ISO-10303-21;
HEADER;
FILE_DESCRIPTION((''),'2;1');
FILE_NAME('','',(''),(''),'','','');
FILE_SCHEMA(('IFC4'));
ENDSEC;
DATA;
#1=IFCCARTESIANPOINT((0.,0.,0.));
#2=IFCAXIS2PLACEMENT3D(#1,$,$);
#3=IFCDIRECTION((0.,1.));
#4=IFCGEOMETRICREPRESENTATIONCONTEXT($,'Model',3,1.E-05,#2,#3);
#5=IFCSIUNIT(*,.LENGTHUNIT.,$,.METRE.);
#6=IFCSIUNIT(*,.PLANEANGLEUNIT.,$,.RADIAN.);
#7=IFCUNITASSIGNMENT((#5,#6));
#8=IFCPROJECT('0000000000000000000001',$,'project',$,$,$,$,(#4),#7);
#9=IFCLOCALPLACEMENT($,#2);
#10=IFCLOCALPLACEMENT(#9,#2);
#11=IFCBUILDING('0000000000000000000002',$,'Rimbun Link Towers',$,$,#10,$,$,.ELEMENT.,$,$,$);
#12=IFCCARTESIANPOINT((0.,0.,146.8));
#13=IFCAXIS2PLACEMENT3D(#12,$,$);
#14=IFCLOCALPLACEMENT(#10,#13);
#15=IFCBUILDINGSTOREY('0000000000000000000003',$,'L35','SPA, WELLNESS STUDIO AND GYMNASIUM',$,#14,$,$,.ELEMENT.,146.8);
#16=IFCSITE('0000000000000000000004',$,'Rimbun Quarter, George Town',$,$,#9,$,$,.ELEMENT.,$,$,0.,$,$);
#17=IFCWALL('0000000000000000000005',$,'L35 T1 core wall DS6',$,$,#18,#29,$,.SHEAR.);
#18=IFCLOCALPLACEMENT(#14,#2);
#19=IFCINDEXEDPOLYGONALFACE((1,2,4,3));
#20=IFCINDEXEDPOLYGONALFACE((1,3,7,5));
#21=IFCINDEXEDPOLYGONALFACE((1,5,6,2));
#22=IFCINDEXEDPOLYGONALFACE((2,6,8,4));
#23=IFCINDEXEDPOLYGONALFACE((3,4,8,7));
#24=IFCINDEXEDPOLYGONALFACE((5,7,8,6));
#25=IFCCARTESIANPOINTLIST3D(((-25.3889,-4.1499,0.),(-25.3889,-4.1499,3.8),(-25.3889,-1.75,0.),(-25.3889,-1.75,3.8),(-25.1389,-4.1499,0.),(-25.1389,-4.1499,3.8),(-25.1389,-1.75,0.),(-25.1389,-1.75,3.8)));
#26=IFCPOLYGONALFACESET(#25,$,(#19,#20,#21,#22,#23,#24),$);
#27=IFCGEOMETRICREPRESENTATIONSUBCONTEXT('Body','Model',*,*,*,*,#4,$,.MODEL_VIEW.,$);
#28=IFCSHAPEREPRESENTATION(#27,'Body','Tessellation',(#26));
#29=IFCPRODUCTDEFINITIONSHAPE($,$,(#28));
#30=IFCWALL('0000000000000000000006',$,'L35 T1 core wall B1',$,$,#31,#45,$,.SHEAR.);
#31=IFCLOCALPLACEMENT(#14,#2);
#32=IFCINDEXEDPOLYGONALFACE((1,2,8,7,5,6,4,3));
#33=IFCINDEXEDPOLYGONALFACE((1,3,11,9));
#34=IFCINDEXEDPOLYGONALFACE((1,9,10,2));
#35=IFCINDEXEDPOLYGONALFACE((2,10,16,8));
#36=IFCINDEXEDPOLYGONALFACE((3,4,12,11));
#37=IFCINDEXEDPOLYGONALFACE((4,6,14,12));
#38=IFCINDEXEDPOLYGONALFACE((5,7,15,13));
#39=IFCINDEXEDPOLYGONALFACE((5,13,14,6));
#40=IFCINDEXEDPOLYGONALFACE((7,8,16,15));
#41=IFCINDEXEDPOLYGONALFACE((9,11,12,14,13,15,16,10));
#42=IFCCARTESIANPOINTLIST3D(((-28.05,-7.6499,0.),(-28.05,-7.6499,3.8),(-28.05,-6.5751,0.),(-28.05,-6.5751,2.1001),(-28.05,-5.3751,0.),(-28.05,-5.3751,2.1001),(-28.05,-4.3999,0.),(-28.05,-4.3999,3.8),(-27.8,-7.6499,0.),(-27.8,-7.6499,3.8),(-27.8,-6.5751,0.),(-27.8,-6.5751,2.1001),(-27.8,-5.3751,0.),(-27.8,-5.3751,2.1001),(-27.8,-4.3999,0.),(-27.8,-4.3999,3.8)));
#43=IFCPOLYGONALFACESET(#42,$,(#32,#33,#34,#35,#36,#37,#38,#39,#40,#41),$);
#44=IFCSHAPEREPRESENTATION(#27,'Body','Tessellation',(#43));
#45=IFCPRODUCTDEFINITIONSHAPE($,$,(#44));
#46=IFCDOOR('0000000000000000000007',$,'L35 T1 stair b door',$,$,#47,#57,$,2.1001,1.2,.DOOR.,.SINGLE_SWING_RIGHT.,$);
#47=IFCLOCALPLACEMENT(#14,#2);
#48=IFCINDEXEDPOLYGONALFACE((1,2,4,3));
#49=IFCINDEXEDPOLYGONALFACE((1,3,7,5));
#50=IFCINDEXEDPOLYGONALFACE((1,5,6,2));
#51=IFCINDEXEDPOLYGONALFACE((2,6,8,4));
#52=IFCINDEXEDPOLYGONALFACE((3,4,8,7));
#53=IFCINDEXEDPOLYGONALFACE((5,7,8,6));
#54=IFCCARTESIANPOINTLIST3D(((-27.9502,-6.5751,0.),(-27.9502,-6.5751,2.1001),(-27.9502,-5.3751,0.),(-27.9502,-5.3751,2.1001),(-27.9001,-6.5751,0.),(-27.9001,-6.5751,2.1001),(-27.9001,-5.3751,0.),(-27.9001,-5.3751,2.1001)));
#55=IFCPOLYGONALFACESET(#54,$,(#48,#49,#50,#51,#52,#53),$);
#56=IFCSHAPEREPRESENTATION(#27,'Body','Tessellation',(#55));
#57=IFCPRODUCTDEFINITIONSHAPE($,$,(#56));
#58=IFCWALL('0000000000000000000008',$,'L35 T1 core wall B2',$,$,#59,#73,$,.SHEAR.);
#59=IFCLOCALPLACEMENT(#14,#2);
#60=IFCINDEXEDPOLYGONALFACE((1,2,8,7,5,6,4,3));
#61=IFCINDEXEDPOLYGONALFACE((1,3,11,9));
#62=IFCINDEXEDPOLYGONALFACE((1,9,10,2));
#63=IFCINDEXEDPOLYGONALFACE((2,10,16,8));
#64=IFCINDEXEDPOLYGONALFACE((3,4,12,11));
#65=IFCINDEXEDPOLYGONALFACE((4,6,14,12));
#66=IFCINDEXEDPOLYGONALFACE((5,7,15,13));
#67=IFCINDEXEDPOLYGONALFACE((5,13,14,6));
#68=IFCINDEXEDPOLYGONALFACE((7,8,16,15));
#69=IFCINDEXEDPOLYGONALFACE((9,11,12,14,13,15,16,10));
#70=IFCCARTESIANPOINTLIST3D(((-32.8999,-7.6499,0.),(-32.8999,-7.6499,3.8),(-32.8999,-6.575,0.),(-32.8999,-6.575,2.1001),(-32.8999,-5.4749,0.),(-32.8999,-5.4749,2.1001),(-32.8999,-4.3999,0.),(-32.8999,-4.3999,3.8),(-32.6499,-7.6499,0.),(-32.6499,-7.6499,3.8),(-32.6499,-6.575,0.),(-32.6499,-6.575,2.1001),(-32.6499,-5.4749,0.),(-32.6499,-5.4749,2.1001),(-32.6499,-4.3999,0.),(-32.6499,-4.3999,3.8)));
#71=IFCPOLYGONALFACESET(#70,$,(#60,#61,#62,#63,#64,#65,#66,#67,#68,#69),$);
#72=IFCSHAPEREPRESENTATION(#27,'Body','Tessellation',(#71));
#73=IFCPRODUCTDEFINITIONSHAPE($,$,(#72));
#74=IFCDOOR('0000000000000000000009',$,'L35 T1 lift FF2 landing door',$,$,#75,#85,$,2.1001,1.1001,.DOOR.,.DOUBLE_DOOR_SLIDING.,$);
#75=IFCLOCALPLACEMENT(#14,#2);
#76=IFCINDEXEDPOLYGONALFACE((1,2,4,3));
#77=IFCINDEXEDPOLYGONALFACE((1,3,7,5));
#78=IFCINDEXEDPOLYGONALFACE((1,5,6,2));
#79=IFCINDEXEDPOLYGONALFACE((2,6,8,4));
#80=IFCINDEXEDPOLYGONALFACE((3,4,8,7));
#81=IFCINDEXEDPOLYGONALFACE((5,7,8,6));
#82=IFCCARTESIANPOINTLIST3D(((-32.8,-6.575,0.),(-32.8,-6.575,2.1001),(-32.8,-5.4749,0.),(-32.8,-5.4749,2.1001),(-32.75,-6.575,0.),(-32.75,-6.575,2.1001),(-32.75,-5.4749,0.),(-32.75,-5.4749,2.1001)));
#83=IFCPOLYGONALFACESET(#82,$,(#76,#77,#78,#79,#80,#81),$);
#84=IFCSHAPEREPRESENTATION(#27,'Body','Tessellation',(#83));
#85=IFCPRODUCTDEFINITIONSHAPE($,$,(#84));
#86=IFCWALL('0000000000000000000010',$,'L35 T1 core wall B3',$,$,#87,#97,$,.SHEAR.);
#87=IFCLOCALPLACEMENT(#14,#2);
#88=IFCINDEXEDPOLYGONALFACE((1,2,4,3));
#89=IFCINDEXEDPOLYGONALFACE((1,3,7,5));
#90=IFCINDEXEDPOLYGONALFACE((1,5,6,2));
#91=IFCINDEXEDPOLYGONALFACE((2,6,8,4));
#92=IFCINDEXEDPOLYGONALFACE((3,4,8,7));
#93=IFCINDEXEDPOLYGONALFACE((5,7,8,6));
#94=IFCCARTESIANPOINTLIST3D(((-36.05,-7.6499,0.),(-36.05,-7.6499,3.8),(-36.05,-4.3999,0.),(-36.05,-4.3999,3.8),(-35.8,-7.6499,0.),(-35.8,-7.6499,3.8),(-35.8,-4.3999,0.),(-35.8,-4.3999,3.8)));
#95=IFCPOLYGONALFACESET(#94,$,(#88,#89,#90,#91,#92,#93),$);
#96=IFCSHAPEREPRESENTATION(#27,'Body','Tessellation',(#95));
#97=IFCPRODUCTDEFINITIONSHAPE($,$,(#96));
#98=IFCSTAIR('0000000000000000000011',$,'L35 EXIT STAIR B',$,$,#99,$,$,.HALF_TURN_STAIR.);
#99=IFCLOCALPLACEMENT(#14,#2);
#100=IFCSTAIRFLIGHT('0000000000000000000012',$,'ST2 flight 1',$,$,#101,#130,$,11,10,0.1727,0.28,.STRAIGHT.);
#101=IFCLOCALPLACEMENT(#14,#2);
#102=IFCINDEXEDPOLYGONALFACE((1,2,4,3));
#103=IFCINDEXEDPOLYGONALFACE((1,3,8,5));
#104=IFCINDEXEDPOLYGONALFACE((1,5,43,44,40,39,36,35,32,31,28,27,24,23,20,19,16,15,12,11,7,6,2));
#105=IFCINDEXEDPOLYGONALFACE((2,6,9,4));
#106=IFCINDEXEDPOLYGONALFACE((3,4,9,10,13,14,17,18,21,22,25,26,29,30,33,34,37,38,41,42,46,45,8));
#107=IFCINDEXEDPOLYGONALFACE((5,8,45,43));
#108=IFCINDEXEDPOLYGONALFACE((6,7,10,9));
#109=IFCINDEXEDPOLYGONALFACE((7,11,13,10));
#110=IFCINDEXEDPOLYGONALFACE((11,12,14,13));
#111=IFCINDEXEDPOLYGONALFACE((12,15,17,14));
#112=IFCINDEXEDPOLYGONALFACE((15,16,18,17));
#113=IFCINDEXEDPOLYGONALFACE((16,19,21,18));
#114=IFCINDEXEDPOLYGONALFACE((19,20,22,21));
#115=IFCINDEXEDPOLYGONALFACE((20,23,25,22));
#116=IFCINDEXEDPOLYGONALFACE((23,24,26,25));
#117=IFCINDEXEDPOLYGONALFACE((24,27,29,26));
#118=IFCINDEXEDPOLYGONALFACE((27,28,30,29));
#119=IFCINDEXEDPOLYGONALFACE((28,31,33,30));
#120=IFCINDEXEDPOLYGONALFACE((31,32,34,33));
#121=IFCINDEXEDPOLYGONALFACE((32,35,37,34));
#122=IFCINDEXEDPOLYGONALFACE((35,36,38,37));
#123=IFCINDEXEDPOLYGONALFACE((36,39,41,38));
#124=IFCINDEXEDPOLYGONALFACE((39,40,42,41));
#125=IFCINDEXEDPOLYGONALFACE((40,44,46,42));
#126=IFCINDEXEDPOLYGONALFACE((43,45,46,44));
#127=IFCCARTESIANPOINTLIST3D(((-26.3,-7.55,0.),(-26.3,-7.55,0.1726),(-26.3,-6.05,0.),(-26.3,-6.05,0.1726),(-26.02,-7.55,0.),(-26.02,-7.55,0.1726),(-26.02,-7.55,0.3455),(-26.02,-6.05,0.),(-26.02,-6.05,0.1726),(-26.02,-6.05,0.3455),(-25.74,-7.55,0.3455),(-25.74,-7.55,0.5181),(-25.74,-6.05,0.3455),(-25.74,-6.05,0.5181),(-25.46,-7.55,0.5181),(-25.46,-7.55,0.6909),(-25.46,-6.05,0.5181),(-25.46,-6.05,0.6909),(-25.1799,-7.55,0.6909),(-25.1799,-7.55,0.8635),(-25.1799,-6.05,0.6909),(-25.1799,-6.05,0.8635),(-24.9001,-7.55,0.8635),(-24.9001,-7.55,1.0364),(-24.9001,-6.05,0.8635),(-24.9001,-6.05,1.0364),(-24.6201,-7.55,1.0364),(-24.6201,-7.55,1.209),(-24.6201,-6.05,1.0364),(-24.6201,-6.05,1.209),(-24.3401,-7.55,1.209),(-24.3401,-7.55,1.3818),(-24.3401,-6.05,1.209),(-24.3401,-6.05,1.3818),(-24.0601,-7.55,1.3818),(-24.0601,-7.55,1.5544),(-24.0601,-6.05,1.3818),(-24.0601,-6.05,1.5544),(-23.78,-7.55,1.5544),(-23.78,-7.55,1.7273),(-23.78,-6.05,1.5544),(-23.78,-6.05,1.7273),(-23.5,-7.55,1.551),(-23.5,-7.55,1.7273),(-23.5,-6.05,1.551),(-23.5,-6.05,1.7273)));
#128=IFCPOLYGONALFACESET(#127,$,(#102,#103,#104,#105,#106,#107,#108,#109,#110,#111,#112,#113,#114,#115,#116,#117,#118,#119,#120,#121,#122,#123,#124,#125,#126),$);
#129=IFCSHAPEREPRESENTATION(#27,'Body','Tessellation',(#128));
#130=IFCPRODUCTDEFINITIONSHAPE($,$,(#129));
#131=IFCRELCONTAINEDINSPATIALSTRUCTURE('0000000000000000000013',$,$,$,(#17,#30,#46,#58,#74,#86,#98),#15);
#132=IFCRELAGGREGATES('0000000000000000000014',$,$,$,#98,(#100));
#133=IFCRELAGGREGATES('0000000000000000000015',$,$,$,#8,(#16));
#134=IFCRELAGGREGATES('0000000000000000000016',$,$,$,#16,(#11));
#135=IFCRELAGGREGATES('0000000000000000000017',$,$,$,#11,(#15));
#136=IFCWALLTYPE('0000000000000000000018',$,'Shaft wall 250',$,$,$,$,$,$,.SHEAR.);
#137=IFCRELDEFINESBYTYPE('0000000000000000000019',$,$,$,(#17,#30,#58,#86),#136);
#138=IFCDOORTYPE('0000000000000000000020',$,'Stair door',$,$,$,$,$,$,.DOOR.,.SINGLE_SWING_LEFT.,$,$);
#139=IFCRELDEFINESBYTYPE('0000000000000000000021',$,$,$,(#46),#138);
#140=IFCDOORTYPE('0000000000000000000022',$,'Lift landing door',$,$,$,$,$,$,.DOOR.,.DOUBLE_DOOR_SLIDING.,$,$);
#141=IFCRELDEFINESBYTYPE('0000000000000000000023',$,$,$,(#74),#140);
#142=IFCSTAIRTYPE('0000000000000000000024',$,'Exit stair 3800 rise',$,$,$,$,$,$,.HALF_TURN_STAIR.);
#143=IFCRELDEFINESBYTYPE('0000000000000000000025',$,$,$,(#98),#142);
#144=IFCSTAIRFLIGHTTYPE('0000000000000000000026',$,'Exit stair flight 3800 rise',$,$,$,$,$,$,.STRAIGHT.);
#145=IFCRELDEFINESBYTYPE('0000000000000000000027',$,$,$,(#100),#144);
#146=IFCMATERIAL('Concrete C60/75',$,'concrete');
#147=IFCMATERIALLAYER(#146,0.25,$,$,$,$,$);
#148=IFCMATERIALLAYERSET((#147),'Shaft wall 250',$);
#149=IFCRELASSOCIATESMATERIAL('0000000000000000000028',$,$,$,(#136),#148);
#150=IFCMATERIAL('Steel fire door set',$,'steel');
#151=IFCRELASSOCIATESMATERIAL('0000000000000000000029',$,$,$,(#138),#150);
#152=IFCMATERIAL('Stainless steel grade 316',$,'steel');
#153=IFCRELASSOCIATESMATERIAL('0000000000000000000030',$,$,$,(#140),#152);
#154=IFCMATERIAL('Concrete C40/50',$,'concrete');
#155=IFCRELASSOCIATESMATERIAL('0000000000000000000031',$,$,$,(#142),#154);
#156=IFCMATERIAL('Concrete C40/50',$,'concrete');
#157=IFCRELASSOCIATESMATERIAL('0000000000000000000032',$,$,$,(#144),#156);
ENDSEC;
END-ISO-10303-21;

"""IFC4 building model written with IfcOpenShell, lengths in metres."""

from ifc_helpers import new_model, si_unit, direction, frame, frame_2d, origin, place, context, subcontext, project, spatial, polyline, rectangle, outline, extrude, material, layer, layer_set, type_object, element, fill, aggregate, save


model = new_model("IFC4")

# Units and contexts
model_context = context("Model", 3, precision=1e-05, world=origin(), true_north=direction((0.0, 1.0)))
body_context = subcontext(model_context, "Body", "Model", "MODEL_VIEW")
ifc_project = project(units=[si_unit("LENGTHUNIT", "METRE"), si_unit("PLANEANGLEUNIT", "RADIAN")], contexts=[model_context])

# Site, building, storey
site_placement = place(None, origin())
site = spatial("IfcSite", under=ifc_project, at=site_placement, Name="Rimbun Quarter, George Town", CompositionType="ELEMENT", RefElevation=0.0)
building_placement = place(site_placement, origin())
building = spatial("IfcBuilding", under=site, at=building_placement, Name="Rimbun Link Towers", CompositionType="ELEMENT")
storey_placement = place(building_placement, frame((0.0, 0.0, 146.8)))
storey = spatial("IfcBuildingStorey", under=building, at=storey_placement, Name="L35", Description="SPA, WELLNESS STUDIO AND GYMNASIUM", CompositionType="ELEMENT", Elevation=146.8)

# Wall
ifc_material_1 = material(Name="Concrete C60/75", Category="concrete")
ifc_layer = layer(ifc_material_1, 0.25)
ifc_layer_set = layer_set([ifc_layer], Name="Shaft wall 250")
wall_type = type_object("IfcWallType", Name="Shaft wall 250", PredefinedType="SHEAR", material=ifc_layer_set)
for number, where, z_axis, x_axis, name in (
    (1, (-25.2639, -4.1499, 0.0), (0.0, 0.0, 1.0), (0.0, 1.0, 0.0), "L35 T1 core wall DS6"),
):
    element("IfcWall", number, at=place(storey_placement, frame(where, z_axis=z_axis, x_axis=x_axis)), inside=storey, type_object=wall_type, Name=name, PredefinedType="SHEAR", context=body_context, shape_type="SweptSolid", body=[
        extrude(rectangle(XDim=2.3999, YDim=0.25, at=frame_2d((1.2, 0.0))), origin(), (0.0, 0.0, 1.0), 3.8),
    ])

# Walls, openings, doors
wall_1_placement = place(storey_placement, frame((-27.925, -4.3999, 0.0), z_axis=(0.0, 0.0, 1.0), x_axis=(0.0, -1.0, 0.0)))
wall_1 = element("IfcWall", 2, at=wall_1_placement, inside=storey, type_object=wall_type, Name="L35 T1 core wall B1", PredefinedType="SHEAR", context=body_context, shape_type="SweptSolid", body=[
    extrude(rectangle(XDim=3.25, YDim=0.25, at=frame_2d((1.625, 0.0))), origin(), (0.0, 0.0, 1.0), 3.8),
])
opening_1_placement = place(wall_1_placement, frame((0.9751, 0.0, 0.0)))
opening_1 = element("IfcOpeningElement", 3, at=opening_1_placement, cuts=wall_1, PredefinedType="OPENING", context=body_context, shape_type="SweptSolid", body=[
    extrude(rectangle(XDim=1.2, YDim=2.1001, at=frame_2d((0.6001, 1.05))), frame((0.0, 0.135, 0.0), z_axis=(0.0, -1.0, 0.0), x_axis=(1.0, 0.0, 0.0)), (0.0, 0.0, 1.0), 0.27),
])
ifc_material_2 = material(Name="Steel fire door set", Category="steel")
door_type_1 = type_object("IfcDoorType", Name="Stair door", OperationType="SINGLE_SWING_LEFT", PredefinedType="DOOR", material=ifc_material_2)
door_1_placement = place(opening_1_placement, origin())
door_1 = element("IfcDoor", 4, at=door_1_placement, inside=storey, type_object=door_type_1, Name="L35 T1 stair b door", OperationType="SINGLE_SWING_RIGHT", OverallHeight=2.1001, OverallWidth=1.2, PredefinedType="DOOR", context=body_context, shape_type="SweptSolid", body=[
    extrude(rectangle(XDim=1.2, YDim=2.1001, at=frame_2d((0.6001, 1.05))), frame((0.0, 0.0249, 0.0), z_axis=(0.0, -1.0, 0.0), x_axis=(1.0, 0.0, 0.0)), (0.0, 0.0, 1.0), 0.05),
])
fill(opening_1, door_1)
wall_2_placement = place(storey_placement, frame((-32.7749, -4.3999, 0.0), z_axis=(0.0, 0.0, 1.0), x_axis=(0.0, -1.0, 0.0)))
wall_2 = element("IfcWall", 5, at=wall_2_placement, inside=storey, type_object=wall_type, Name="L35 T1 core wall B2", PredefinedType="SHEAR", context=body_context, shape_type="SweptSolid", body=[
    extrude(rectangle(XDim=3.25, YDim=0.25, at=frame_2d((1.625, 0.0))), origin(), (0.0, 0.0, 1.0), 3.8),
])
opening_2_placement = place(wall_2_placement, frame((1.075, 0.0, 0.0)))
opening_2 = element("IfcOpeningElement", 6, at=opening_2_placement, cuts=wall_2, PredefinedType="OPENING", context=body_context, shape_type="SweptSolid", body=[
    extrude(rectangle(XDim=1.1001, YDim=2.1001, at=frame_2d((0.55, 1.05))), frame((0.0, 0.135, 0.0), z_axis=(0.0, -1.0, 0.0), x_axis=(1.0, 0.0, 0.0)), (0.0, 0.0, 1.0), 0.27),
])
ifc_material_3 = material(Name="Stainless steel grade 316", Category="steel")
door_type_2 = type_object("IfcDoorType", Name="Lift landing door", OperationType="DOUBLE_DOOR_SLIDING", PredefinedType="DOOR", material=ifc_material_3)
door_2_placement = place(opening_2_placement, origin())
door_2 = element("IfcDoor", 7, at=door_2_placement, inside=storey, type_object=door_type_2, Name="L35 T1 lift FF2 landing door", OperationType="DOUBLE_DOOR_SLIDING", OverallHeight=2.1001, OverallWidth=1.1001, PredefinedType="DOOR", context=body_context, shape_type="SweptSolid", body=[
    extrude(rectangle(XDim=1.1001, YDim=2.1001, at=frame_2d((0.55, 1.05))), frame((0.0, 0.0249, 0.0), z_axis=(0.0, -1.0, 0.0), x_axis=(1.0, 0.0, 0.0)), (0.0, 0.0, 1.0), 0.05),
])
fill(opening_2, door_2)

# Wall
wall_3_placement = place(storey_placement, frame((-35.925, -4.3999, 0.0), z_axis=(0.0, 0.0, 1.0), x_axis=(0.0, -1.0, 0.0)))
element("IfcWall", 8, at=wall_3_placement, inside=storey, type_object=wall_type, Name="L35 T1 core wall B3", PredefinedType="SHEAR", context=body_context, shape_type="SweptSolid", body=[
    extrude(rectangle(XDim=3.25, YDim=0.25, at=frame_2d((1.625, 0.0))), origin(), (0.0, 0.0, 1.0), 3.8),
])

# Stair, stair flight
ifc_material_4 = material(Name="Concrete C40/50", Category="concrete")
stair_type = type_object("IfcStairType", Name="Exit stair 3800 rise", PredefinedType="HALF_TURN_STAIR", material=ifc_material_4)
stair_placement = place(storey_placement, origin())
stair = element("IfcStair", 9, at=stair_placement, inside=storey, type_object=stair_type, Name="L35 EXIT STAIR B", PredefinedType="HALF_TURN_STAIR")
ifc_material_5 = material(Name="Concrete C40/50", Category="concrete")
stair_flight_type = type_object("IfcStairFlightType", Name="Exit stair flight 3800 rise", PredefinedType="STRAIGHT", material=ifc_material_5)
stair_flight_placement = place(storey_placement, frame((-26.3, -6.8, 0.0), z_axis=(0.0, 0.0, 1.0), x_axis=(1.0, 0.0, 0.0)))
stair_flight = element("IfcStairFlight", 10, at=stair_flight_placement, type_object=stair_flight_type, Name="ST2 flight 1", NumberOfRisers=11, NumberOfTreads=10, PredefinedType="STRAIGHT", RiserHeight=0.1727, TreadLength=0.28, context=body_context, shape_type="SweptSolid", body=[
    extrude(outline(polyline([(0.0, 0.0), (0.0, 0.1726), (0.28, 0.1726), (0.28, 0.3455), (0.5601, 0.3455), (0.5601, 0.5181), (0.8401, 0.5181), (0.8401, 0.6909), (1.1201, 0.6909), (1.1201, 0.8635), (1.3999, 0.8635), (1.3999, 1.0364), (1.6799, 1.0364), (1.6799, 1.209), (1.96, 1.209), (1.96, 1.3818), (2.24, 1.3818), (2.24, 1.5544), (2.52, 1.5544), (2.52, 1.7273), (2.8, 1.7273), (2.8, 1.8999), (2.8, 1.551), (0.28, 0.0), (0.0, 0.0)])), frame((0.0, 0.75, 0.0), z_axis=(0.0, -1.0, 0.0), x_axis=(1.0, 0.0, 0.0)), (0.0, 0.0, 1.0), 1.5),
])
aggregate(stair, [stair_flight])

save(model, "model.ifc")
